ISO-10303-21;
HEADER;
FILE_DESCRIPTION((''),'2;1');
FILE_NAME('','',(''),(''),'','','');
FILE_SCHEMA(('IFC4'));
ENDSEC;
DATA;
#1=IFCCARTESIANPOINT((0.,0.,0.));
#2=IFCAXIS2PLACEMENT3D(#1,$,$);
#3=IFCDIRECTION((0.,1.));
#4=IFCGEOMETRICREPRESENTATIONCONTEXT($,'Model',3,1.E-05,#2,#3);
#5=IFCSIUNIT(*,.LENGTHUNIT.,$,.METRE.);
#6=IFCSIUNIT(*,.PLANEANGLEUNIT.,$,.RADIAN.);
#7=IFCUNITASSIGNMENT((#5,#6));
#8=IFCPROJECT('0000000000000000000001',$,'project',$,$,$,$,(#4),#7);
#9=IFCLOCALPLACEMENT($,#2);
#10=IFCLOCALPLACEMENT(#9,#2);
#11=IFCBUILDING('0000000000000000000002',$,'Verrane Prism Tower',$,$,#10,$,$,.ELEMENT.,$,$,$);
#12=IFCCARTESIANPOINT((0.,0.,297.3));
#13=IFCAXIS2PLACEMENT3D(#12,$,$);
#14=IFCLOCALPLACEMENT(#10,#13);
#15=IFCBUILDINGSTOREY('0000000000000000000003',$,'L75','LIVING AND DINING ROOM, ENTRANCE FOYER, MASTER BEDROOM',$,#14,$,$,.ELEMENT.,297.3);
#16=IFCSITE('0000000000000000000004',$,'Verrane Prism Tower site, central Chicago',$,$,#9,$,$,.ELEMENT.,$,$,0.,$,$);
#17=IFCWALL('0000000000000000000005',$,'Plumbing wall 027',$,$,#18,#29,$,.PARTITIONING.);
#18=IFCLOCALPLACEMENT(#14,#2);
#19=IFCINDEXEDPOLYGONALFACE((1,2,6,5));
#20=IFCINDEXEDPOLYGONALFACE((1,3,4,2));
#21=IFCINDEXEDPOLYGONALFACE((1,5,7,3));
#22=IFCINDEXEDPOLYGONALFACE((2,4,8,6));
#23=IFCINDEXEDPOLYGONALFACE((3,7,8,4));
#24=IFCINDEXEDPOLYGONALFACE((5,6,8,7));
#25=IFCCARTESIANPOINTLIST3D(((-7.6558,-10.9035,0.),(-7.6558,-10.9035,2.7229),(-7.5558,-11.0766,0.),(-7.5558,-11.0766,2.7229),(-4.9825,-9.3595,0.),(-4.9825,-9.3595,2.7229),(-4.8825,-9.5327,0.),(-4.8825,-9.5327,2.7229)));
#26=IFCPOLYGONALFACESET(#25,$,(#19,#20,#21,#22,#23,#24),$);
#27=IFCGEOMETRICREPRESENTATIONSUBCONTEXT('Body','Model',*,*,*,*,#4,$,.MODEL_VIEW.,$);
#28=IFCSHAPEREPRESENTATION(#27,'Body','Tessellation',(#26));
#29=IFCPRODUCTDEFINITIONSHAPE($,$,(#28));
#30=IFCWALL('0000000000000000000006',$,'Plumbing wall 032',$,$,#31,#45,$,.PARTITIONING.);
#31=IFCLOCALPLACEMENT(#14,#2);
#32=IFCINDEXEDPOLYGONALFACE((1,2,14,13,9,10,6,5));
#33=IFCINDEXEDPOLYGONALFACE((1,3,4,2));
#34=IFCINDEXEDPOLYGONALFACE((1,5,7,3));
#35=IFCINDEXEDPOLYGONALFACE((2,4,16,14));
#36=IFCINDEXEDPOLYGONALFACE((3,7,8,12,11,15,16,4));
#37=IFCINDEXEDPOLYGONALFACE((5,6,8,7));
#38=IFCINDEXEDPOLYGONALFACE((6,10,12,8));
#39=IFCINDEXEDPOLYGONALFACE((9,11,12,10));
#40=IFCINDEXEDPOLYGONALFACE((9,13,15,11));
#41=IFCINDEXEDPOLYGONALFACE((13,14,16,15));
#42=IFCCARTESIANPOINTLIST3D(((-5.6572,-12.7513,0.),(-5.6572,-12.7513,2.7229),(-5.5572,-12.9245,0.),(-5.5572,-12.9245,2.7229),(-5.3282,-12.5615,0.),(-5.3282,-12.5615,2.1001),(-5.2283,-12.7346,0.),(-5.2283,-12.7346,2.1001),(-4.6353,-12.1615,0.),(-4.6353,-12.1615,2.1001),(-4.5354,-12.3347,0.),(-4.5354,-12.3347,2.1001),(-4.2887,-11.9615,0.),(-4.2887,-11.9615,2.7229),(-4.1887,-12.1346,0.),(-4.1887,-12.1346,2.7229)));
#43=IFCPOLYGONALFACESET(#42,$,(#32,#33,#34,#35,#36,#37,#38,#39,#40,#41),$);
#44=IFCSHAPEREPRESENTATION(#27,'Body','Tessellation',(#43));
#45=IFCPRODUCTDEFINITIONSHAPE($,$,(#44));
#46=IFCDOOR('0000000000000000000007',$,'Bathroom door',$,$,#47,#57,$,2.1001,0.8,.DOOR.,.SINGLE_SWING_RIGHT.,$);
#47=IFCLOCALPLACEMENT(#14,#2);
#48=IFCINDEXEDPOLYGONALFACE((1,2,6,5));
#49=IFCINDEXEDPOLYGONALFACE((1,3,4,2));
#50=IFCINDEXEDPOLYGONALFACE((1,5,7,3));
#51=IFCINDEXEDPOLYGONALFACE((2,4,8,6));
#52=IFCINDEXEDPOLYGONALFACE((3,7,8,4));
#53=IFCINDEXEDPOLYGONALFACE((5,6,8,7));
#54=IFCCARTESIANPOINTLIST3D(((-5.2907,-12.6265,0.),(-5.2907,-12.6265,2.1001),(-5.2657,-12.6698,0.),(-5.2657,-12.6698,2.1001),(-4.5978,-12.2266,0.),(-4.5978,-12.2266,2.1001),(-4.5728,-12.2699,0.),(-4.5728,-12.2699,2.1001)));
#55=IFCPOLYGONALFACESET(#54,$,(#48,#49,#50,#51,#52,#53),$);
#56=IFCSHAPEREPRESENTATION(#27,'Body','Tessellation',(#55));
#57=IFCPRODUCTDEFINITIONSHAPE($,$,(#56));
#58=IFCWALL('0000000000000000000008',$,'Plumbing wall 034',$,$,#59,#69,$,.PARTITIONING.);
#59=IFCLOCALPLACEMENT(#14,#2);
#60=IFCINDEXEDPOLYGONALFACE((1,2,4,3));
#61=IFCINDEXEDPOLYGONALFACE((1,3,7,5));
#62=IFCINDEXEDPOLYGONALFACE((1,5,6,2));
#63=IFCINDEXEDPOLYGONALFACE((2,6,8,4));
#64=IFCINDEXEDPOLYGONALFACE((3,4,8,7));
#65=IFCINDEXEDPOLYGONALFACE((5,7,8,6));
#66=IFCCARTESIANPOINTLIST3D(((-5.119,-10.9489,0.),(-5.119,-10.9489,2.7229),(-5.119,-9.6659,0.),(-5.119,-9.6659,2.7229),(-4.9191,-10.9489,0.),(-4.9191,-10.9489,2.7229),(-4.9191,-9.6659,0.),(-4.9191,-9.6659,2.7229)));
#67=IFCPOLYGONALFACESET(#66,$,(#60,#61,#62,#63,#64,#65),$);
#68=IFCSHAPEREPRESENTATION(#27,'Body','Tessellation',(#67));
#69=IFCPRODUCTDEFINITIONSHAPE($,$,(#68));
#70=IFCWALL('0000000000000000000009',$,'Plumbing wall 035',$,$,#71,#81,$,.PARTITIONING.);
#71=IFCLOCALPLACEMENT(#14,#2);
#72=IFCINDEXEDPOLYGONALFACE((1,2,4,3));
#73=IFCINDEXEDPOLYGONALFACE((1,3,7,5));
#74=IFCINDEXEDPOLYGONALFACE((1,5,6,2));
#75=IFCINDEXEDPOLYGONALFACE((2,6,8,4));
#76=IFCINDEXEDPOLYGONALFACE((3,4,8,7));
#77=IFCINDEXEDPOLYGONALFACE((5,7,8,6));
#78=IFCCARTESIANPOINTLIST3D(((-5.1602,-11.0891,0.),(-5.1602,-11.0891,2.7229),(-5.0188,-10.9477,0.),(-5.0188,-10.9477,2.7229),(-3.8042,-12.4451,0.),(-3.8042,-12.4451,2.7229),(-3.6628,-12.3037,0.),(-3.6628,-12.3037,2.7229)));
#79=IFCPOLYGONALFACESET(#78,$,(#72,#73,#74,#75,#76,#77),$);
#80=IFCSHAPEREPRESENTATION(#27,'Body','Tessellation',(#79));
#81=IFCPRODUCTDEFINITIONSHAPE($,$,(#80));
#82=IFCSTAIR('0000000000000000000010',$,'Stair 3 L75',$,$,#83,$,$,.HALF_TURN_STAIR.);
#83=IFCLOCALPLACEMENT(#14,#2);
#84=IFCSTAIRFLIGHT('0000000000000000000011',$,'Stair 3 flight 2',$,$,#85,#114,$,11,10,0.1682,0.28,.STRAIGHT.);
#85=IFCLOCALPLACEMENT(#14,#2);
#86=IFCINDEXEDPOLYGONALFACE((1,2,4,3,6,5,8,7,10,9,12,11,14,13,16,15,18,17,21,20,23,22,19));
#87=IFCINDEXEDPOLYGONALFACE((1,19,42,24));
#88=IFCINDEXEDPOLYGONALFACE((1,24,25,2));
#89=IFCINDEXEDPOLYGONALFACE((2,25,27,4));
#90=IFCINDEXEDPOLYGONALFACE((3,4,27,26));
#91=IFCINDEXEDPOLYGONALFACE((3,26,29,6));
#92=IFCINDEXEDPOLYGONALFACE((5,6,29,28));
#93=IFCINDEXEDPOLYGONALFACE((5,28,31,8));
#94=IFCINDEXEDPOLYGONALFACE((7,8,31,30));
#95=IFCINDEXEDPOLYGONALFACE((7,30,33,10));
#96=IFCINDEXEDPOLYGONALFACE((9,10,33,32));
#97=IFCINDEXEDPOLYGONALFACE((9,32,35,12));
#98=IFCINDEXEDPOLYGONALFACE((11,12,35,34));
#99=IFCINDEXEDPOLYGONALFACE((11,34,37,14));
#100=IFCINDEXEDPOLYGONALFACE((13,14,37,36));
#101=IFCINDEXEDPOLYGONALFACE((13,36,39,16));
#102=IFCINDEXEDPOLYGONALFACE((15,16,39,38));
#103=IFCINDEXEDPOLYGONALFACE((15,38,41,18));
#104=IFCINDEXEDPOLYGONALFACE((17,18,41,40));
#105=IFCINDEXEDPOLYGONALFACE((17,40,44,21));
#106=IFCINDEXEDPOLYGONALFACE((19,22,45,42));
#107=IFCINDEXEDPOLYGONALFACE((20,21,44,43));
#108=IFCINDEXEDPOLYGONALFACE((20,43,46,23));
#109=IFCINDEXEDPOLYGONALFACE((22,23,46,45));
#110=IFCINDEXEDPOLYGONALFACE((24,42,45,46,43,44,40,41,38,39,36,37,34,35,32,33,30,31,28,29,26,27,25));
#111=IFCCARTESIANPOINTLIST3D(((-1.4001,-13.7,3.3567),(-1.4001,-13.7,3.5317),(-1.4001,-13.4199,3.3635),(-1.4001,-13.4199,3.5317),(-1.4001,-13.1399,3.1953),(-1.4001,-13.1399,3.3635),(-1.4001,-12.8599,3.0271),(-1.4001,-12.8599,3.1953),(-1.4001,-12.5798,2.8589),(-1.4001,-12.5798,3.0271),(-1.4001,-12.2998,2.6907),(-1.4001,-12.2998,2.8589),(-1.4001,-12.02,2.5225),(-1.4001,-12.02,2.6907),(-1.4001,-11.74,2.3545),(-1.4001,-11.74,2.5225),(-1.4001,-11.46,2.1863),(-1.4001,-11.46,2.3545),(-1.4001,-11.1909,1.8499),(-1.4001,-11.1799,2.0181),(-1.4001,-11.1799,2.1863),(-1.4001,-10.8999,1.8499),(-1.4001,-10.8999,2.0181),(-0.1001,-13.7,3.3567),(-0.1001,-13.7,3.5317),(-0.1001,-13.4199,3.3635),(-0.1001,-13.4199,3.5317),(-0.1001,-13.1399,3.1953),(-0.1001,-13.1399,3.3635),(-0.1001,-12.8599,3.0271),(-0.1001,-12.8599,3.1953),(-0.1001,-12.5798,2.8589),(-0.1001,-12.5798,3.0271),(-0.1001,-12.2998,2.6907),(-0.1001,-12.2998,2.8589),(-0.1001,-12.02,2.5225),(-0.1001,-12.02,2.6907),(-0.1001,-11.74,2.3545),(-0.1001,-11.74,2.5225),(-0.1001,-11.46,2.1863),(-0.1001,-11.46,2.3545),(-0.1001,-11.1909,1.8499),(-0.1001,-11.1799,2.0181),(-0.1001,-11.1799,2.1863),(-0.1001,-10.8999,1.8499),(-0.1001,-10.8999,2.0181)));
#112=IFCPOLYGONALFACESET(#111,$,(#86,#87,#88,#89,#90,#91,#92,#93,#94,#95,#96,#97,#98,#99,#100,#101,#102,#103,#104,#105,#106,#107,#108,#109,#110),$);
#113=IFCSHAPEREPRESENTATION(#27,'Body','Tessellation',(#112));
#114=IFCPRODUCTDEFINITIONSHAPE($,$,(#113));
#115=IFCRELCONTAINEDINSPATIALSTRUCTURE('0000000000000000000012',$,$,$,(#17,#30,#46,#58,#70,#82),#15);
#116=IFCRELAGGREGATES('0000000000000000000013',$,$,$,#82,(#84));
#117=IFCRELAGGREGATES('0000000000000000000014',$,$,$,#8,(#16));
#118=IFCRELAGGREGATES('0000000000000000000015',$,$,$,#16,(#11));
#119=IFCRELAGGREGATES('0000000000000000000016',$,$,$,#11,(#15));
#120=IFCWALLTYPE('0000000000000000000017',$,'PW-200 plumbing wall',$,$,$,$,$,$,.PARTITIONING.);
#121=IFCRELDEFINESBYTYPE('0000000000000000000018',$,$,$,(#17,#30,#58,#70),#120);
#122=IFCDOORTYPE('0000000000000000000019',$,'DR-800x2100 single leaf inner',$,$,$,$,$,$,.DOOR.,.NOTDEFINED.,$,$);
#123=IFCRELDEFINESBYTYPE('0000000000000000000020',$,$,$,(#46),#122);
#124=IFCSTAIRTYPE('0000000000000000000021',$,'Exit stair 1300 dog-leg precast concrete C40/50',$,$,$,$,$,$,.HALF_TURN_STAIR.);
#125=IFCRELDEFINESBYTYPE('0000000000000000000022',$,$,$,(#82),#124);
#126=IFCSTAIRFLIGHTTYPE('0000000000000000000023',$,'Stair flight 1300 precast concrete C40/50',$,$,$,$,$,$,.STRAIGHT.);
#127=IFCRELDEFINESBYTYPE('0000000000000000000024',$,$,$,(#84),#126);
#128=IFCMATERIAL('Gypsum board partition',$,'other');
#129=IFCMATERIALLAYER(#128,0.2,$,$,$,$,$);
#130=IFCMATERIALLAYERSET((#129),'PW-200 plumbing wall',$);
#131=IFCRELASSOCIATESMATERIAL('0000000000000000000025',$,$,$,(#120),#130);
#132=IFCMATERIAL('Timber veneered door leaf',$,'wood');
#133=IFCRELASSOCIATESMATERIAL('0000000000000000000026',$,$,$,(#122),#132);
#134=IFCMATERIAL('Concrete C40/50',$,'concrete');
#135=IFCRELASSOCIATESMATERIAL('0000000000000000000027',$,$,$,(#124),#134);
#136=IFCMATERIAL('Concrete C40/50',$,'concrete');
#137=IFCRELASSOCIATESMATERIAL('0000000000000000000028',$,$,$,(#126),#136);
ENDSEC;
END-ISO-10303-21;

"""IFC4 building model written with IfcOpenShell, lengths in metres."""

from ifc_helpers import new_model, si_unit, direction, frame, frame_2d, origin, place, context, subcontext, project, spatial, polyline, rectangle, outline, extrude, material, layer, layer_set, type_object, element, fill, aggregate, save


model = new_model("IFC4")

# Units and contexts
model_context = context("Model", 3, precision=1e-05, world=origin(), true_north=direction((0.0, 1.0)))
body_context = subcontext(model_context, "Body", "Model", "MODEL_VIEW")
ifc_project = project(units=[si_unit("LENGTHUNIT", "METRE"), si_unit("PLANEANGLEUNIT", "RADIAN")], contexts=[model_context])

# Site, building, storey
site_placement = place(None, origin())
site = spatial("IfcSite", under=ifc_project, at=site_placement, Name="Verrane Prism Tower site, central Chicago", CompositionType="ELEMENT", RefElevation=0.0)
building_placement = place(site_placement, origin())
building = spatial("IfcBuilding", under=site, at=building_placement, Name="Verrane Prism Tower", CompositionType="ELEMENT")
storey_placement = place(building_placement, frame((0.0, 0.0, 297.3)))
storey = spatial("IfcBuildingStorey", under=building, at=storey_placement, Name="L75", Description="LIVING AND DINING ROOM, ENTRANCE FOYER, MASTER BEDROOM", CompositionType="ELEMENT", Elevation=297.3)

# Shared definitions
ifc_material_1 = material(Name="Gypsum board partition", Category="other")
ifc_layer_1 = layer(ifc_material_1, 0.2)
ifc_layer_set_1 = layer_set([ifc_layer_1], Name="PW-200 plumbing wall")
wall_type_1 = type_object("IfcWallType", Name="PW-200 plumbing wall", PredefinedType="PARTITIONING", material=ifc_layer_set_1)

# Wall
wall_1_placement = place(storey_placement, frame((-7.6057, -10.99, 0.0), z_axis=(0.0, 0.0, 1.0), x_axis=(0.865956, 0.500119, 0.0)))
element("IfcWall", 1, at=wall_1_placement, inside=storey, type_object=wall_type_1, Name="Plumbing wall 027", PredefinedType="PARTITIONING", context=body_context, shape_type="SweptSolid", body=[
    extrude(rectangle(XDim=3.0872, YDim=0.2, at=frame_2d((1.5435, 0.0))), origin(), (0.0, 0.0, 1.0), 2.7229),
])

# Wall, opening, door
wall_2_placement = place(storey_placement, frame((-5.6072, -12.8379, 0.0), z_axis=(0.0, 0.0, 1.0), x_axis=(0.866096, 0.499879, 0.0)))
wall_2 = element("IfcWall", 2, at=wall_2_placement, inside=storey, type_object=wall_type_1, Name="Plumbing wall 032", PredefinedType="PARTITIONING", context=body_context, shape_type="SweptSolid", body=[
    extrude(rectangle(XDim=1.5801, YDim=0.2, at=frame_2d((0.79, 0.0))), origin(), (0.0, 0.0, 1.0), 2.7229),
])
opening_1_placement = place(wall_2_placement, frame((0.3799, 0.0, 0.0)))
opening_1 = element("IfcOpeningElement", 3, at=opening_1_placement, cuts=wall_2, PredefinedType="OPENING", context=body_context, shape_type="SweptSolid", body=[
    extrude(rectangle(XDim=0.8, YDim=2.1001, at=frame_2d((0.3999, 1.05))), frame((0.0, 0.1099, 0.0), z_axis=(0.0, -1.0, 0.0), x_axis=(1.0, 0.0, 0.0)), (0.0, 0.0, 1.0), 0.22),
])
ifc_material_2 = material(Name="Timber veneered door leaf", Category="wood")
door_type_1 = type_object("IfcDoorType", Name="DR-800x2100 single leaf inner", OperationType="NOTDEFINED", PredefinedType="DOOR", material=ifc_material_2)
door_1_placement = place(opening_1_placement, origin())
door_1 = element("IfcDoor", 4, at=door_1_placement, inside=storey, type_object=door_type_1, Name="Bathroom door", OperationType="SINGLE_SWING_RIGHT", OverallHeight=2.1001, OverallWidth=0.8, PredefinedType="DOOR", context=body_context, shape_type="SweptSolid", body=[
    extrude(rectangle(XDim=0.8, YDim=2.1001, at=frame_2d((0.3999, 1.05))), frame((0.0, 0.0249, 0.0), z_axis=(0.0, -1.0, 0.0), x_axis=(1.0, 0.0, 0.0)), (0.0, 0.0, 1.0), 0.05),
])
fill(opening_1, door_1)

# Walls
wall_3_placement = place(storey_placement, frame((-5.019, -10.949, 0.0), z_axis=(0.0, 0.0, 1.0), x_axis=(0.0, 1.0, 0.0)))
element("IfcWall", 5, at=wall_3_placement, inside=storey, type_object=wall_type_1, Name="Plumbing wall 034", PredefinedType="PARTITIONING", context=body_context, shape_type="SweptSolid", body=[
    extrude(rectangle(XDim=1.283, YDim=0.2, at=frame_2d((0.6416, 0.0))), origin(), (0.0, 0.0, 1.0), 2.7229),
])
wall_4_placement = place(storey_placement, frame((-5.0896, -11.0183, 0.0), z_axis=(0.0, 0.0, 1.0), x_axis=(0.707107, -0.707107, 0.0)))
element("IfcWall", 6, at=wall_4_placement, inside=storey, type_object=wall_type_1, Name="Plumbing wall 035", PredefinedType="PARTITIONING", context=body_context, shape_type="SweptSolid", body=[
    extrude(rectangle(XDim=1.9177, YDim=0.2, at=frame_2d((0.959, 0.0))), origin(), (0.0, 0.0, 1.0), 2.7229),
])

# Stair, stair flight
ifc_material_3 = material(Name="Concrete C40/50", Category="concrete")
stair_type = type_object("IfcStairType", Name="Exit stair 1300 dog-leg precast concrete C40/50", PredefinedType="HALF_TURN_STAIR", material=ifc_material_3)
stair_placement = place(storey_placement, origin())
stair = element("IfcStair", 7, at=stair_placement, inside=storey, type_object=stair_type, Name="Stair 3 L75", PredefinedType="HALF_TURN_STAIR")
ifc_material_4 = material(Name="Concrete C40/50", Category="concrete")
stair_flight_type = type_object("IfcStairFlightType", Name="Stair flight 1300 precast concrete C40/50", PredefinedType="STRAIGHT", material=ifc_material_4)
stair_flight_placement = place(storey_placement, frame((-0.75, -10.8999, 1.8499), z_axis=(0.0, 0.0, 1.0), x_axis=(0.0, -1.0, 0.0)))
stair_flight = element("IfcStairFlight", 8, at=stair_flight_placement, type_object=stair_flight_type, Name="Stair 3 flight 2", NumberOfRisers=11, NumberOfTreads=10, PredefinedType="STRAIGHT", RiserHeight=0.1682, TreadLength=0.28, context=body_context, shape_type="SweptSolid", body=[
    extrude(outline(polyline([(0.0, 0.0), (0.0, 0.1682), (0.28, 0.1682), (0.28, 0.3364), (0.5601, 0.3364), (0.5601, 0.5046), (0.8401, 0.5046), (0.8401, 0.6726), (1.1201, 0.6726), (1.1201, 0.8408), (1.3999, 0.8408), (1.3999, 1.009), (1.6799, 1.009), (1.6799, 1.1772), (1.96, 1.1772), (1.96, 1.3455), (2.24, 1.3455), (2.24, 1.5137), (2.52, 1.5137), (2.52, 1.6819), (2.8, 1.6819), (2.8, 1.8501), (2.8, 1.5068), (0.291, 0.0), (0.0, 0.0)])), frame((0.0, 0.6499, 0.0), z_axis=(0.0, -1.0, 0.0), x_axis=(1.0, 0.0, 0.0)), (0.0, 0.0, 1.0), 1.3),
])
aggregate(stair, [stair_flight])

save(model, "model.ifc")
